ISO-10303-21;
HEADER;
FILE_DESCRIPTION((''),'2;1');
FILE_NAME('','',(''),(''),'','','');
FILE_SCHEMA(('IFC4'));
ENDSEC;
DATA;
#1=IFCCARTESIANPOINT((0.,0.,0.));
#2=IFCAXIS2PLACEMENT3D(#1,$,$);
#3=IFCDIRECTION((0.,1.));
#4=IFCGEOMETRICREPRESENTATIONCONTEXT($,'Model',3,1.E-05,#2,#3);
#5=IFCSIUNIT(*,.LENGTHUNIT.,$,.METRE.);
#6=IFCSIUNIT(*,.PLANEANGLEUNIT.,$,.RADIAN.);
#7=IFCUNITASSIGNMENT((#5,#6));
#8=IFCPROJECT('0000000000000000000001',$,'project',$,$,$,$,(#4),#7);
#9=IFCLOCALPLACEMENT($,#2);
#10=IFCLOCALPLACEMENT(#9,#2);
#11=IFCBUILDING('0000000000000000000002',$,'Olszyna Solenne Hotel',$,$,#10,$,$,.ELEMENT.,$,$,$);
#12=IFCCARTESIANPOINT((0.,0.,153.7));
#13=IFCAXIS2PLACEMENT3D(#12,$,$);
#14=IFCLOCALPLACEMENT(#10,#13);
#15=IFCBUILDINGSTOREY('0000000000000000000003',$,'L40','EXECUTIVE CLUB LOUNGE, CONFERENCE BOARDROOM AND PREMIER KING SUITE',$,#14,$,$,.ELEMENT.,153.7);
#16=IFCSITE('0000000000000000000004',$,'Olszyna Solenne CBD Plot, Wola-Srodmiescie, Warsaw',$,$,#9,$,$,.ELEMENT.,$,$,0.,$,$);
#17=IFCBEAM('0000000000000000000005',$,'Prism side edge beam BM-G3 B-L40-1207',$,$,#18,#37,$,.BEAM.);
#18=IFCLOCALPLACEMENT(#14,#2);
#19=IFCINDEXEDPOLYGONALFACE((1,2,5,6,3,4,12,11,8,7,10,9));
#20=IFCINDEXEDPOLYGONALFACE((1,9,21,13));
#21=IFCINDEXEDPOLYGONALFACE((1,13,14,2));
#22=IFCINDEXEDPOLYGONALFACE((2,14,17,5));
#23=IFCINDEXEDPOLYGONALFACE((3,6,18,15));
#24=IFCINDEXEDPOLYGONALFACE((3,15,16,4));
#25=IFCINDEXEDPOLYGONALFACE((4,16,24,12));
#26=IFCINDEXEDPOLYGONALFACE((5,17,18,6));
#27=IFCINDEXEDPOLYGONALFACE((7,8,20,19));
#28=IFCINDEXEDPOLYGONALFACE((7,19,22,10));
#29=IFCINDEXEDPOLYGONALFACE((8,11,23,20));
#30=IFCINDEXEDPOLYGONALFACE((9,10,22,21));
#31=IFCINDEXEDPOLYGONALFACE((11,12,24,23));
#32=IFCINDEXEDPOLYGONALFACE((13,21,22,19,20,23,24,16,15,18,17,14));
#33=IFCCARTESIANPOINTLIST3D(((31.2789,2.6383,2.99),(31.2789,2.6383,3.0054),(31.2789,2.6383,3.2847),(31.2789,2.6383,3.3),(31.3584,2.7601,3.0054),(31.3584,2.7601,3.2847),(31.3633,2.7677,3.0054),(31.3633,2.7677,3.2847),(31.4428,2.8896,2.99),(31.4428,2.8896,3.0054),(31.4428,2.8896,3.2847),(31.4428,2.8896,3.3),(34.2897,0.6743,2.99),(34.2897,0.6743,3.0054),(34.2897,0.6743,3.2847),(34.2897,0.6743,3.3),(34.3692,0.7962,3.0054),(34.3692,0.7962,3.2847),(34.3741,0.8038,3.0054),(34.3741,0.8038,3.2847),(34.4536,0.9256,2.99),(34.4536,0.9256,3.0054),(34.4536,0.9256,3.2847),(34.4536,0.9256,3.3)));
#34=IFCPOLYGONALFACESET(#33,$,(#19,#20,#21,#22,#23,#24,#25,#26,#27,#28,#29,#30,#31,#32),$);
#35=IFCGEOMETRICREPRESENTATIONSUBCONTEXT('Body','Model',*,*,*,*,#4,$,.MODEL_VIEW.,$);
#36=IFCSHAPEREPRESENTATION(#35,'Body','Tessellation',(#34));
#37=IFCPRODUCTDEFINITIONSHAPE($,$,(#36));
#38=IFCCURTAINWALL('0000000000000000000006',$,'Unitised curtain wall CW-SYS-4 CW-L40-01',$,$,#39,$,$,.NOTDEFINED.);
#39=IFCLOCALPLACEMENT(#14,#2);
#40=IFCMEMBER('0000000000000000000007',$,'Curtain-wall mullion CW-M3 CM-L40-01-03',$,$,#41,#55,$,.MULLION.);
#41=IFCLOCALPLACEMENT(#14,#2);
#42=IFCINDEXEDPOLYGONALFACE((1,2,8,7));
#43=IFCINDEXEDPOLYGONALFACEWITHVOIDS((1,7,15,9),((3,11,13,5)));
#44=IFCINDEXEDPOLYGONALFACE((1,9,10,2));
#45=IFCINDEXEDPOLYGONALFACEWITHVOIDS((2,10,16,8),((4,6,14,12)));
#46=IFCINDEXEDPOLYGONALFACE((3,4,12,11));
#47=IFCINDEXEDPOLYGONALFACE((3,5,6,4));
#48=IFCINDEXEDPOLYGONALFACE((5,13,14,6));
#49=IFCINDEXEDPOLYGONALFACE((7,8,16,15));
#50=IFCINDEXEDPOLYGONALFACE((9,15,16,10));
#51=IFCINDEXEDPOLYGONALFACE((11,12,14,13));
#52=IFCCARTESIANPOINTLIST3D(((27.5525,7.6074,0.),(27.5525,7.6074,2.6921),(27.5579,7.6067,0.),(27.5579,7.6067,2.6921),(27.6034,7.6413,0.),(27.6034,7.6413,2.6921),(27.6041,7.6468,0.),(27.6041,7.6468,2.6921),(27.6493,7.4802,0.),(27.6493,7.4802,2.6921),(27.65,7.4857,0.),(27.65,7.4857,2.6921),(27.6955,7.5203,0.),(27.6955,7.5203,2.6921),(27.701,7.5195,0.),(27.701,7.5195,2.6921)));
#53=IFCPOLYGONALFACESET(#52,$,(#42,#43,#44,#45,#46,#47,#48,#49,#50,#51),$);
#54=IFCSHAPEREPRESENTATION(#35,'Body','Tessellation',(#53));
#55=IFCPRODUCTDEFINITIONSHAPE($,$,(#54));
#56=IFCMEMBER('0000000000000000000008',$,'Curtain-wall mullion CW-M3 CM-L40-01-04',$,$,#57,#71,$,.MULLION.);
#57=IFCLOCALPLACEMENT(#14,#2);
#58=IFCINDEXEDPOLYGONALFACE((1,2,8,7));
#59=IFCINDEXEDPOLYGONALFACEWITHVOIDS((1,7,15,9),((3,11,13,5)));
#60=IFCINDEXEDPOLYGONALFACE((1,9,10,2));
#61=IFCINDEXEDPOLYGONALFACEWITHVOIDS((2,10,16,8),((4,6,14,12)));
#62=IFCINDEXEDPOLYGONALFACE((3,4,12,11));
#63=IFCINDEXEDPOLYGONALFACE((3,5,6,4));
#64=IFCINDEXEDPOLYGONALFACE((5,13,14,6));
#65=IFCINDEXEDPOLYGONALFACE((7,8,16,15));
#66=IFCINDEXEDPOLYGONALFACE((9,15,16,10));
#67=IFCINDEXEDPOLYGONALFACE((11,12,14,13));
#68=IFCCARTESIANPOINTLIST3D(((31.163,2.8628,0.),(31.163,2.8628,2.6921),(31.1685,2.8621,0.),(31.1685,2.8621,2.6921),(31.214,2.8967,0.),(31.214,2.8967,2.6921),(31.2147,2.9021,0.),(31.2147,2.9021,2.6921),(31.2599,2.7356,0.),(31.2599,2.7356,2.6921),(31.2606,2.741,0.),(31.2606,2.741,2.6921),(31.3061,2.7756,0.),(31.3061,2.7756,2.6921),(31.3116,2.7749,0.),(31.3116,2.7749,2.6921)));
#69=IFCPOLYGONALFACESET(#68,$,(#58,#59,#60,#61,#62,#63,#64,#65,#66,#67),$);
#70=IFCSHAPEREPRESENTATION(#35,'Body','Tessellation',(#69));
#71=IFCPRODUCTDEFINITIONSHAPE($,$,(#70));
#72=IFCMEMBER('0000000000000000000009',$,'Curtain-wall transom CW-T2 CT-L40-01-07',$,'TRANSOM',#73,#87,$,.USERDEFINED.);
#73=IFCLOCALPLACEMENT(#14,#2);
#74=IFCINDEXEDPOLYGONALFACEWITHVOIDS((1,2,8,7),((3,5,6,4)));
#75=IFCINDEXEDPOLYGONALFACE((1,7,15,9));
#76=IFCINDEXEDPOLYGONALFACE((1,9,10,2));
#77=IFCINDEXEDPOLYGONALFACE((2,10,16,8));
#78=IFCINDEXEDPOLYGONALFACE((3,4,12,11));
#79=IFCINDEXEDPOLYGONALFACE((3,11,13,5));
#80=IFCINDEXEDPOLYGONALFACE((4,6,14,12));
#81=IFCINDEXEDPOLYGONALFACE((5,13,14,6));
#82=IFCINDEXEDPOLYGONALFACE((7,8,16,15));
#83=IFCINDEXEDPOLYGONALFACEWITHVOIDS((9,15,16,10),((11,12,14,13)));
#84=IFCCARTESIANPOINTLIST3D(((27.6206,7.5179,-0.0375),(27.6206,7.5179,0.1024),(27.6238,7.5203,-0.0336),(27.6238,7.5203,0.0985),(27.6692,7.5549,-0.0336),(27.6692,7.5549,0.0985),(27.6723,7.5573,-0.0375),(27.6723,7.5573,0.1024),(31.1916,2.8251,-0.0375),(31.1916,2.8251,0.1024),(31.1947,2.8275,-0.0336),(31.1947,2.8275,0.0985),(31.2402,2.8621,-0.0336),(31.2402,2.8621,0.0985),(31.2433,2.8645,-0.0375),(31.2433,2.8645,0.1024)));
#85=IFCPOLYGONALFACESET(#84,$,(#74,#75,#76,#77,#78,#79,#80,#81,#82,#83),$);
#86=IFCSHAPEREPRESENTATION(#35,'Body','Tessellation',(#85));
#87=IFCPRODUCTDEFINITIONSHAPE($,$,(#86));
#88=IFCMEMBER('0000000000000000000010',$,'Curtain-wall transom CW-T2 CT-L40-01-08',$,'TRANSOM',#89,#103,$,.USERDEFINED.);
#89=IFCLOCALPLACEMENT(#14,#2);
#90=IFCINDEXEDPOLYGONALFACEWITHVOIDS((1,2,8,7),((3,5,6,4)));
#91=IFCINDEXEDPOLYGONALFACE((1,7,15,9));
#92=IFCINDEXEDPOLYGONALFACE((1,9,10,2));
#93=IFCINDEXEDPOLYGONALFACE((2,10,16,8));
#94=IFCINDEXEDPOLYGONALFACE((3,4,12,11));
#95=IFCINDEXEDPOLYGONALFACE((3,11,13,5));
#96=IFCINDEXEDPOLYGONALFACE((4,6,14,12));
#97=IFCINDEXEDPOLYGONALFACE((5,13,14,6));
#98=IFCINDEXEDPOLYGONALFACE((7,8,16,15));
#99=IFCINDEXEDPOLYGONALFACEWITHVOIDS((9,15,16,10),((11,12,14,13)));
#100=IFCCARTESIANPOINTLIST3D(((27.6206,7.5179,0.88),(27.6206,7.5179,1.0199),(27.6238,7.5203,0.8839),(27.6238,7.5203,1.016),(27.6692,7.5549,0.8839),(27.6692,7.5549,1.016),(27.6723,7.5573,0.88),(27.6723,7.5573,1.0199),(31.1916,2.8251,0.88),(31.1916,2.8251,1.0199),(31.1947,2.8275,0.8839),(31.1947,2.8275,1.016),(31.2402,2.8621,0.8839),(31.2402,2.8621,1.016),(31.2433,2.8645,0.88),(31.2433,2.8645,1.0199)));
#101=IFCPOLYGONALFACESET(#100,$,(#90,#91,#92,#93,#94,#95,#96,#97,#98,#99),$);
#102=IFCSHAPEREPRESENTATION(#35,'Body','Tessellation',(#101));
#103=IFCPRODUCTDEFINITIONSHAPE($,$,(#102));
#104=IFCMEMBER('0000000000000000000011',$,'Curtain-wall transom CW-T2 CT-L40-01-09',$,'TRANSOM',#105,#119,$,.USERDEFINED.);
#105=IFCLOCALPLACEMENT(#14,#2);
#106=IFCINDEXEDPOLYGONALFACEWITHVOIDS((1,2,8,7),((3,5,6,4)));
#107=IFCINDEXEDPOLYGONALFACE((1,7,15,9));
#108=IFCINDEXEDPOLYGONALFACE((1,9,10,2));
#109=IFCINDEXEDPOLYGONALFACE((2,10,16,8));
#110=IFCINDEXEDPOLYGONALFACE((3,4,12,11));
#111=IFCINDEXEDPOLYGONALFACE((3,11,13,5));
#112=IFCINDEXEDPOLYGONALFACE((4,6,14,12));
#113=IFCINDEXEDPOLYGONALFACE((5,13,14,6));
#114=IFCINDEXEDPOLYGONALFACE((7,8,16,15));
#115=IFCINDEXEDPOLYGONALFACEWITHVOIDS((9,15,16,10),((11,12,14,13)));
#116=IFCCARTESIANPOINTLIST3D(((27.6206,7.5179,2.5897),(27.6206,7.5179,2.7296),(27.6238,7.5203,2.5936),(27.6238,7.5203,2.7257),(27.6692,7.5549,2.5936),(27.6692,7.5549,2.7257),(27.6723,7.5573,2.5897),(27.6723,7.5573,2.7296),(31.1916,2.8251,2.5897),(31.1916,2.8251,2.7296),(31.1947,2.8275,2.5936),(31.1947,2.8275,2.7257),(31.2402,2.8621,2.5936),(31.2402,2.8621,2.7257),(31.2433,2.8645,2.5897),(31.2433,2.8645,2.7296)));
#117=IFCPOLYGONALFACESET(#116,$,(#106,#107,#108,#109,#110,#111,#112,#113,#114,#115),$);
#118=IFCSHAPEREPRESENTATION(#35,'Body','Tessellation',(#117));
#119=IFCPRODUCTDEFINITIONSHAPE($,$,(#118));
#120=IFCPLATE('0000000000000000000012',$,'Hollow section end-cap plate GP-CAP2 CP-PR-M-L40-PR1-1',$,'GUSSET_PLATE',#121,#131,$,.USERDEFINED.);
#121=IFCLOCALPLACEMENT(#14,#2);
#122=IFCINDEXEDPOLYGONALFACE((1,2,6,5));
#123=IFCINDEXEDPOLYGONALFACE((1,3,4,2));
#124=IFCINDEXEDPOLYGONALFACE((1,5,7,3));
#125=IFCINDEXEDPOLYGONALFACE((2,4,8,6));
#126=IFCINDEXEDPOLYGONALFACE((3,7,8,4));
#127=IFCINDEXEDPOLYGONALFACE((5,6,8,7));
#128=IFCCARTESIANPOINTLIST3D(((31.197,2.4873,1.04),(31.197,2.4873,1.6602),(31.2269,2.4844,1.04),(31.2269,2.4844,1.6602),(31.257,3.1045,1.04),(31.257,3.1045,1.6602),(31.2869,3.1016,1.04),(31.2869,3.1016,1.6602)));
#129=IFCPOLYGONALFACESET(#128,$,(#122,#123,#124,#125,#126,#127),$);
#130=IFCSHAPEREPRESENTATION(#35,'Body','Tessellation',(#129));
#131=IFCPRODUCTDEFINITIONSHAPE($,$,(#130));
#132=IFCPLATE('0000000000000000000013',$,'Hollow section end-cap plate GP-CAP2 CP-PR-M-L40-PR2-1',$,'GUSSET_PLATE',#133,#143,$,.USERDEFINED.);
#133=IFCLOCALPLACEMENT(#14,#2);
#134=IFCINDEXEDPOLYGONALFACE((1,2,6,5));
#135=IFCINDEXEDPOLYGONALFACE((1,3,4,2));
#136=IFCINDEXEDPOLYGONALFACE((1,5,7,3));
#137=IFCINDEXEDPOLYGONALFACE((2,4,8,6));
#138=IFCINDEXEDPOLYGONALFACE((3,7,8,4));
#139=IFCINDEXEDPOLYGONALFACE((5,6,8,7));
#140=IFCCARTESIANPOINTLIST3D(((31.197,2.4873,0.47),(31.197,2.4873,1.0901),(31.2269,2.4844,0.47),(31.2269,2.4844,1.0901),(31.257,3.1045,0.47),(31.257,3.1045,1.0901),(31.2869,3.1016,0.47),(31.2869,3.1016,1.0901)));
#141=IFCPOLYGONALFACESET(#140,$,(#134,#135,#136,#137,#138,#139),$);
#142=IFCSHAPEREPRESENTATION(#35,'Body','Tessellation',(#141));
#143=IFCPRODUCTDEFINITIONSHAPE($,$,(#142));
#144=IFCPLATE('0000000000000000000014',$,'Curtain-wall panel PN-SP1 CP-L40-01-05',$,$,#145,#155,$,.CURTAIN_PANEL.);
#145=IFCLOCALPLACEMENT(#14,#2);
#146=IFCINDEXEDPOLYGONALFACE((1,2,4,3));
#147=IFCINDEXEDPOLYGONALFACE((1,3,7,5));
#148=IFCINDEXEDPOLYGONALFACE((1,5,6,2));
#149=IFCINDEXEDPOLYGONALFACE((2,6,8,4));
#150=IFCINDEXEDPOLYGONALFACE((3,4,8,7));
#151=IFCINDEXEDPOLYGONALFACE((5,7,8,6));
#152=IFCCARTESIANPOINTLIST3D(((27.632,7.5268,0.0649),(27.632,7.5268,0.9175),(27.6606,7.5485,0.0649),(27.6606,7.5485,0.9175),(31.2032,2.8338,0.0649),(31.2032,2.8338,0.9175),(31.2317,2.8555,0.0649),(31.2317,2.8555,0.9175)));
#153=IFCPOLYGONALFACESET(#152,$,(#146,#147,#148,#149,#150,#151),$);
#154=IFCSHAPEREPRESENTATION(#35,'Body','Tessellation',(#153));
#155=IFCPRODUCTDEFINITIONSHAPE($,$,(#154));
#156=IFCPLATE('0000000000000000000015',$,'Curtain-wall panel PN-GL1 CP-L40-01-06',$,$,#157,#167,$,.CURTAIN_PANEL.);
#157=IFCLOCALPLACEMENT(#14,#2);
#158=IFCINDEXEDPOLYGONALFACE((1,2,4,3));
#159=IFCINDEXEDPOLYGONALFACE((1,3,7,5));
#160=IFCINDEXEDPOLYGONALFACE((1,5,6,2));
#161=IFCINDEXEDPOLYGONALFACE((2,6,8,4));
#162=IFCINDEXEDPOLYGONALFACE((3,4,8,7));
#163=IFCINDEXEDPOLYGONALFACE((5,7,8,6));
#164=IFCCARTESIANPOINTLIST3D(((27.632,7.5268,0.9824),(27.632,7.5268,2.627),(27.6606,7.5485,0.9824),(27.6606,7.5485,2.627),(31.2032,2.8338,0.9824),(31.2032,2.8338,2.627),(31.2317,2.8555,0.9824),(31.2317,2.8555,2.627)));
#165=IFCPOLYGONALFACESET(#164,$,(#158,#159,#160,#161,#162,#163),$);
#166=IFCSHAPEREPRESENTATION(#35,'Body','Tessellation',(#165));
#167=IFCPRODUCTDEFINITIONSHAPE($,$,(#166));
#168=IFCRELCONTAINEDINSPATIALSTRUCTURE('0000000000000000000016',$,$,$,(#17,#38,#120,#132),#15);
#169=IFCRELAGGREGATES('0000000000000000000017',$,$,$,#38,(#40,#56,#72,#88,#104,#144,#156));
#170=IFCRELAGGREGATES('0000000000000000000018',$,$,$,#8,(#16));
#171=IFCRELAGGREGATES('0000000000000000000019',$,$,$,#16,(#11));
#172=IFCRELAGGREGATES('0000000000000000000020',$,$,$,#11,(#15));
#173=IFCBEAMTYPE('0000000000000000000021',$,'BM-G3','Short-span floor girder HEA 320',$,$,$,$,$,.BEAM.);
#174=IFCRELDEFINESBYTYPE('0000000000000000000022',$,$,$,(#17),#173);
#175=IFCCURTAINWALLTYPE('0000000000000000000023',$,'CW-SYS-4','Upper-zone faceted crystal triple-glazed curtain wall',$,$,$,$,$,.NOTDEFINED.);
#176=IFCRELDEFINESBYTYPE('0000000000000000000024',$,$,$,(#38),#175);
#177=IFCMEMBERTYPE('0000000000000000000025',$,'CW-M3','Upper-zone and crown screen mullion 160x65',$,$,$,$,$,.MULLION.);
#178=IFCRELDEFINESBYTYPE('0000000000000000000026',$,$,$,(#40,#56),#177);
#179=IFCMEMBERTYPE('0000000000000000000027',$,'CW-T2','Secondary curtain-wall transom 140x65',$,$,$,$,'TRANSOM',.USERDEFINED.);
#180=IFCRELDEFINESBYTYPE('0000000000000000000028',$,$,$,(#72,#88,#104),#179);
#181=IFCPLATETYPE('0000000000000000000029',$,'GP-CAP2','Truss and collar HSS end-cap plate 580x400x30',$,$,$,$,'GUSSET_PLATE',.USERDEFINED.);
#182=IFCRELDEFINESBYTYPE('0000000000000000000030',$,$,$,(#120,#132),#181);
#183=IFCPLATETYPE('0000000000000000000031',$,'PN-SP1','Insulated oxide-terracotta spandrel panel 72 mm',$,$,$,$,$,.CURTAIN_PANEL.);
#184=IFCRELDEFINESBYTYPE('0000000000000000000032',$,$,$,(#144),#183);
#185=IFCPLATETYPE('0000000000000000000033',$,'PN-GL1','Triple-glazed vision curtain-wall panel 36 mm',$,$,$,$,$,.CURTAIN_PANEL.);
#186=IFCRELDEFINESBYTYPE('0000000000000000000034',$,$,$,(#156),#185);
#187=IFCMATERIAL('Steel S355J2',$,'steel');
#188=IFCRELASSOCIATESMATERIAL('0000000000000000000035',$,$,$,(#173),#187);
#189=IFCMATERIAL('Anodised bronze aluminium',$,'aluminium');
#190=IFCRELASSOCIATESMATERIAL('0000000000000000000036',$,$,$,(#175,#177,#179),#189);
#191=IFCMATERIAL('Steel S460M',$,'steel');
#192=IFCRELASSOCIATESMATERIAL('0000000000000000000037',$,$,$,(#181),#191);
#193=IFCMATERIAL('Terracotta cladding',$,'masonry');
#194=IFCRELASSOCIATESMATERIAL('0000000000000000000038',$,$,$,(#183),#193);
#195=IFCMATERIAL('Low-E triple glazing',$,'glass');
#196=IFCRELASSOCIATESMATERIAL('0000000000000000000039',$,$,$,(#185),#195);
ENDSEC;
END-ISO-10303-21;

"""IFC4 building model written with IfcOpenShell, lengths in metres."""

from ifc_helpers import new_model, si_unit, direction, frame, origin, origin_2d, place, context, subcontext, project, spatial, rectangle, hollow_rectangle, i_section, extrude, source, transform, mapped, material, material_profile, profile_set, type_object, element, aggregate, save


model = new_model("IFC4")

# Units and contexts
model_context = context("Model", 3, precision=1e-05, world=origin(), true_north=direction((0.0, 1.0)))
body_context = subcontext(model_context, "Body", "Model", "MODEL_VIEW")
ifc_project = project(units=[si_unit("LENGTHUNIT", "METRE"), si_unit("PLANEANGLEUNIT", "RADIAN")], contexts=[model_context])

# Site, building, storey
site_placement = place(None, origin())
site = spatial("IfcSite", under=ifc_project, at=site_placement, Name="Olszyna Solenne CBD Plot, Wola-Srodmiescie, Warsaw", CompositionType="ELEMENT", RefElevation=0.0)
building_placement = place(site_placement, origin())
building = spatial("IfcBuilding", under=site, at=building_placement, Name="Olszyna Solenne Hotel", CompositionType="ELEMENT")
storey_placement = place(building_placement, frame((0.0, 0.0, 153.7)))
storey = spatial("IfcBuildingStorey", under=building, at=storey_placement, Name="L40", Description="EXECUTIVE CLUB LOUNGE, CONFERENCE BOARDROOM AND PREMIER KING SUITE", CompositionType="ELEMENT", Elevation=153.7)

# Shared definitions
ifc_material_1 = material(Name="Steel S460M", Category="steel")

# Shared definitions
ifc_material_2 = material(Name="Steel S355J2", Category="steel")

# Beam
ifc_material_profile_1 = material_profile(ifc_material_2, i_section(OverallWidth=0.3, OverallDepth=0.3101, WebThickness=0.009, FlangeThickness=0.0154, at=origin_2d()), Name="HEA 320", Category="load-bearing")
ifc_profile_set_1 = profile_set([ifc_material_profile_1], Name="Steel S355J2")
beam_type_1 = type_object("IfcBeamType", Name="BM-G3", Description="Short-span floor girder HEA 320", PredefinedType="BEAM", material=ifc_profile_set_1)
shared_shape_1 = source(origin(), body_context, "Body", "SweptSolid", [
    extrude(i_section(OverallWidth=0.3, OverallDepth=0.3101, WebThickness=0.009, FlangeThickness=0.0154, at=origin_2d()), origin(), (0.0, 0.0, 1.0), 3.5947),
])
beam_1_placement = place(storey_placement, frame((31.3608, 2.7639, 3.145), z_axis=(0.837567, -0.546334, 0.0), x_axis=(0.546334, 0.837567, 0.0)))
element("IfcBeam", 1, at=beam_1_placement, inside=storey, type_object=beam_type_1, Name="Prism side edge beam BM-G3 B-L40-1207", PredefinedType="BEAM", context=body_context, shape_type="MappedRepresentation", body=[
    mapped(shared_shape_1, transform((0.0, 0.0, 0.0), x_axis=(1.0, 0.0, 0.0), y_axis=(0.0, 1.0, 0.0), z_axis=(0.0, 0.0, 1.0), scale=1.0)),
])

# Curtain wall, members
ifc_material_3 = material(Name="Anodised bronze aluminium", Category="aluminium")
curtain_wall_type = type_object("IfcCurtainWallType", Name="CW-SYS-4", Description="Upper-zone faceted crystal triple-glazed curtain wall", PredefinedType="NOTDEFINED", material=ifc_material_3)
curtain_wall_placement = place(storey_placement, origin())
curtain_wall = element("IfcCurtainWall", 2, at=curtain_wall_placement, inside=storey, type_object=curtain_wall_type, Name="Unitised curtain wall CW-SYS-4 CW-L40-01", PredefinedType="NOTDEFINED")
ifc_material_profile_2 = material_profile(ifc_material_3, hollow_rectangle(XDim=0.0649, YDim=0.1599, WallThickness=0.0039, at=origin_2d()), Name="MULL 160x65x4", Category="load-bearing")
ifc_profile_set_2 = profile_set([ifc_material_profile_2], Name="Anodised bronze aluminium")
member_type_1 = type_object("IfcMemberType", Name="CW-M3", Description="Upper-zone and crown screen mullion 160x65", PredefinedType="MULLION", material=ifc_profile_set_2)
shared_shape_2 = source(origin(), body_context, "Body", "SweptSolid", [
    extrude(hollow_rectangle(XDim=0.0649, YDim=0.1599, WallThickness=0.0039, at=origin_2d()), origin(), (0.0, 0.0, 1.0), 2.6921),
])
member_1_placement = place(storey_placement, frame((27.6267, 7.5635, 0.0), z_axis=(0.0, 0.0, 1.0), x_axis=(0.7958, 0.605559, 0.0)))
member_1 = element("IfcMember", 3, at=member_1_placement, type_object=member_type_1, Name="Curtain-wall mullion CW-M3 CM-L40-01-03", PredefinedType="MULLION", context=body_context, shape_type="MappedRepresentation", body=[
    mapped(shared_shape_2, transform((0.0, 0.0, 0.0), x_axis=(1.0, 0.0, 0.0), y_axis=(0.0, 1.0, 0.0), z_axis=(0.0, 0.0, 1.0), scale=1.0)),
])
member_2_placement = place(storey_placement, frame((31.2373, 2.8188, 0.0), z_axis=(0.0, 0.0, 1.0), x_axis=(0.7958, 0.605559, 0.0)))
member_2 = element("IfcMember", 4, at=member_2_placement, type_object=member_type_1, Name="Curtain-wall mullion CW-M3 CM-L40-01-04", PredefinedType="MULLION", context=body_context, shape_type="MappedRepresentation", body=[
    mapped(shared_shape_2, transform((0.0, 0.0, 0.0), x_axis=(1.0, 0.0, 0.0), y_axis=(0.0, 1.0, 0.0), z_axis=(0.0, 0.0, 1.0), scale=1.0)),
])
ifc_material_profile_3 = material_profile(ifc_material_3, hollow_rectangle(XDim=0.0649, YDim=0.1399, WallThickness=0.0039, at=origin_2d()), Name="TRAN 140x65x4", Category="load-bearing")
ifc_profile_set_3 = profile_set([ifc_material_profile_3], Name="Anodised bronze aluminium")
member_type_2 = type_object("IfcMemberType", Name="CW-T2", Description="Secondary curtain-wall transom 140x65", ElementType="TRANSOM", PredefinedType="USERDEFINED", material=ifc_profile_set_3)
shared_shape_3 = source(origin(), body_context, "Body", "SweptSolid", [
    extrude(hollow_rectangle(XDim=0.0649, YDim=0.1399, WallThickness=0.0039, at=origin_2d()), origin(), (0.0, 0.0, 1.0), 5.897),
])
member_3_placement = place(storey_placement, frame((27.6465, 7.5376, 0.0325), z_axis=(0.605563, -0.795797, 0.0), x_axis=(0.795797, 0.605563, 0.0)))
member_3 = element("IfcMember", 5, at=member_3_placement, type_object=member_type_2, Name="Curtain-wall transom CW-T2 CT-L40-01-07", ObjectType="TRANSOM", PredefinedType="USERDEFINED", context=body_context, shape_type="MappedRepresentation", body=[
    mapped(shared_shape_3, transform((0.0, 0.0, 0.0), x_axis=(1.0, 0.0, 0.0), y_axis=(0.0, 1.0, 0.0), z_axis=(0.0, 0.0, 1.0), scale=1.0)),
])
member_4_placement = place(storey_placement, frame((27.6465, 7.5376, 0.95), z_axis=(0.605563, -0.795797, 0.0), x_axis=(0.795797, 0.605563, 0.0)))
member_4 = element("IfcMember", 6, at=member_4_placement, type_object=member_type_2, Name="Curtain-wall transom CW-T2 CT-L40-01-08", ObjectType="TRANSOM", PredefinedType="USERDEFINED", context=body_context, shape_type="MappedRepresentation", body=[
    mapped(shared_shape_3, transform((0.0, 0.0, 0.0), x_axis=(1.0, 0.0, 0.0), y_axis=(0.0, 1.0, 0.0), z_axis=(0.0, 0.0, 1.0), scale=1.0)),
])
member_5_placement = place(storey_placement, frame((27.6465, 7.5376, 2.6597), z_axis=(0.605563, -0.795797, 0.0), x_axis=(0.795797, 0.605563, 0.0)))
member_5 = element("IfcMember", 7, at=member_5_placement, type_object=member_type_2, Name="Curtain-wall transom CW-T2 CT-L40-01-09", ObjectType="TRANSOM", PredefinedType="USERDEFINED", context=body_context, shape_type="MappedRepresentation", body=[
    mapped(shared_shape_3, transform((0.0, 0.0, 0.0), x_axis=(1.0, 0.0, 0.0), y_axis=(0.0, 1.0, 0.0), z_axis=(0.0, 0.0, 1.0), scale=1.0)),
])

# Plates
plate_type_1 = type_object("IfcPlateType", Name="GP-CAP2", Description="Truss and collar HSS end-cap plate 580x400x30", ElementType="GUSSET_PLATE", PredefinedType="USERDEFINED", material=ifc_material_1)
shared_shape_4 = source(origin(), body_context, "Body", "SweptSolid", [
    extrude(rectangle(XDim=0.03, YDim=0.6201, at=origin_2d()), origin(), (0.0, 0.0, 1.0), 0.6201),
])
for number, where, z_axis, x_axis, name in (
    (8, (31.2419, 2.7944, 1.04), (0.0, 0.0, 1.0), (0.995312, -0.096714, 0.0), "Hollow section end-cap plate GP-CAP2 CP-PR-M-L40-PR1-1"),
    (9, (31.2419, 2.7944, 0.47), (0.0, 0.0, 1.0), (0.995312, -0.096714, 0.0), "Hollow section end-cap plate GP-CAP2 CP-PR-M-L40-PR2-1"),
):
    element("IfcPlate", number, at=place(storey_placement, frame(where, z_axis=z_axis, x_axis=x_axis)), inside=storey, type_object=plate_type_1, Name=name, ObjectType="GUSSET_PLATE", PredefinedType="USERDEFINED", context=body_context, shape_type="MappedRepresentation", body=[
        mapped(shared_shape_4, transform((0.0, 0.0, 0.0), x_axis=(1.0, 0.0, 0.0), y_axis=(0.0, 1.0, 0.0), z_axis=(0.0, 0.0, 1.0), scale=1.0)),
    ])

# Plates
ifc_material_4 = material(Name="Terracotta cladding", Category="masonry")
plate_type_2 = type_object("IfcPlateType", Name="PN-SP1", Description="Insulated oxide-terracotta spandrel panel 72 mm", PredefinedType="CURTAIN_PANEL", material=ifc_material_4)
shared_shape_5 = source(origin(), body_context, "Body", "SweptSolid", [
    extrude(rectangle(XDim=5.8972, YDim=0.0359, at=origin_2d()), origin(), (0.0, 0.0, 1.0), 0.8525),
])
plate_1_placement = place(storey_placement, frame((29.4319, 5.1912, 0.0649), z_axis=(0.0, 0.0, 1.0), x_axis=(0.605559, -0.7958, 0.0)))
plate_1 = element("IfcPlate", 10, at=plate_1_placement, type_object=plate_type_2, Name="Curtain-wall panel PN-SP1 CP-L40-01-05", PredefinedType="CURTAIN_PANEL", context=body_context, shape_type="MappedRepresentation", body=[
    mapped(shared_shape_5, transform((0.0, 0.0, 0.0), x_axis=(1.0, 0.0, 0.0), y_axis=(0.0, 1.0, 0.0), z_axis=(0.0, 0.0, 1.0), scale=1.0)),
])
ifc_material_5 = material(Name="Low-E triple glazing", Category="glass")
plate_type_3 = type_object("IfcPlateType", Name="PN-GL1", Description="Triple-glazed vision curtain-wall panel 36 mm", PredefinedType="CURTAIN_PANEL", material=ifc_material_5)
shared_shape_6 = source(origin(), body_context, "Body", "SweptSolid", [
    extrude(rectangle(XDim=5.8972, YDim=0.0359, at=origin_2d()), origin(), (0.0, 0.0, 1.0), 1.6445),
])
plate_2_placement = place(storey_placement, frame((29.4319, 5.1912, 0.9824), z_axis=(0.0, 0.0, 1.0), x_axis=(0.605559, -0.7958, 0.0)))
plate_2 = element("IfcPlate", 11, at=plate_2_placement, type_object=plate_type_3, Name="Curtain-wall panel PN-GL1 CP-L40-01-06", PredefinedType="CURTAIN_PANEL", context=body_context, shape_type="MappedRepresentation", body=[
    mapped(shared_shape_6, transform((0.0, 0.0, 0.0), x_axis=(1.0, 0.0, 0.0), y_axis=(0.0, 1.0, 0.0), z_axis=(0.0, 0.0, 1.0), scale=1.0)),
])
aggregate(curtain_wall, [member_1, member_2, member_3, member_4, member_5, plate_1, plate_2])

save(model, "model.ifc")
